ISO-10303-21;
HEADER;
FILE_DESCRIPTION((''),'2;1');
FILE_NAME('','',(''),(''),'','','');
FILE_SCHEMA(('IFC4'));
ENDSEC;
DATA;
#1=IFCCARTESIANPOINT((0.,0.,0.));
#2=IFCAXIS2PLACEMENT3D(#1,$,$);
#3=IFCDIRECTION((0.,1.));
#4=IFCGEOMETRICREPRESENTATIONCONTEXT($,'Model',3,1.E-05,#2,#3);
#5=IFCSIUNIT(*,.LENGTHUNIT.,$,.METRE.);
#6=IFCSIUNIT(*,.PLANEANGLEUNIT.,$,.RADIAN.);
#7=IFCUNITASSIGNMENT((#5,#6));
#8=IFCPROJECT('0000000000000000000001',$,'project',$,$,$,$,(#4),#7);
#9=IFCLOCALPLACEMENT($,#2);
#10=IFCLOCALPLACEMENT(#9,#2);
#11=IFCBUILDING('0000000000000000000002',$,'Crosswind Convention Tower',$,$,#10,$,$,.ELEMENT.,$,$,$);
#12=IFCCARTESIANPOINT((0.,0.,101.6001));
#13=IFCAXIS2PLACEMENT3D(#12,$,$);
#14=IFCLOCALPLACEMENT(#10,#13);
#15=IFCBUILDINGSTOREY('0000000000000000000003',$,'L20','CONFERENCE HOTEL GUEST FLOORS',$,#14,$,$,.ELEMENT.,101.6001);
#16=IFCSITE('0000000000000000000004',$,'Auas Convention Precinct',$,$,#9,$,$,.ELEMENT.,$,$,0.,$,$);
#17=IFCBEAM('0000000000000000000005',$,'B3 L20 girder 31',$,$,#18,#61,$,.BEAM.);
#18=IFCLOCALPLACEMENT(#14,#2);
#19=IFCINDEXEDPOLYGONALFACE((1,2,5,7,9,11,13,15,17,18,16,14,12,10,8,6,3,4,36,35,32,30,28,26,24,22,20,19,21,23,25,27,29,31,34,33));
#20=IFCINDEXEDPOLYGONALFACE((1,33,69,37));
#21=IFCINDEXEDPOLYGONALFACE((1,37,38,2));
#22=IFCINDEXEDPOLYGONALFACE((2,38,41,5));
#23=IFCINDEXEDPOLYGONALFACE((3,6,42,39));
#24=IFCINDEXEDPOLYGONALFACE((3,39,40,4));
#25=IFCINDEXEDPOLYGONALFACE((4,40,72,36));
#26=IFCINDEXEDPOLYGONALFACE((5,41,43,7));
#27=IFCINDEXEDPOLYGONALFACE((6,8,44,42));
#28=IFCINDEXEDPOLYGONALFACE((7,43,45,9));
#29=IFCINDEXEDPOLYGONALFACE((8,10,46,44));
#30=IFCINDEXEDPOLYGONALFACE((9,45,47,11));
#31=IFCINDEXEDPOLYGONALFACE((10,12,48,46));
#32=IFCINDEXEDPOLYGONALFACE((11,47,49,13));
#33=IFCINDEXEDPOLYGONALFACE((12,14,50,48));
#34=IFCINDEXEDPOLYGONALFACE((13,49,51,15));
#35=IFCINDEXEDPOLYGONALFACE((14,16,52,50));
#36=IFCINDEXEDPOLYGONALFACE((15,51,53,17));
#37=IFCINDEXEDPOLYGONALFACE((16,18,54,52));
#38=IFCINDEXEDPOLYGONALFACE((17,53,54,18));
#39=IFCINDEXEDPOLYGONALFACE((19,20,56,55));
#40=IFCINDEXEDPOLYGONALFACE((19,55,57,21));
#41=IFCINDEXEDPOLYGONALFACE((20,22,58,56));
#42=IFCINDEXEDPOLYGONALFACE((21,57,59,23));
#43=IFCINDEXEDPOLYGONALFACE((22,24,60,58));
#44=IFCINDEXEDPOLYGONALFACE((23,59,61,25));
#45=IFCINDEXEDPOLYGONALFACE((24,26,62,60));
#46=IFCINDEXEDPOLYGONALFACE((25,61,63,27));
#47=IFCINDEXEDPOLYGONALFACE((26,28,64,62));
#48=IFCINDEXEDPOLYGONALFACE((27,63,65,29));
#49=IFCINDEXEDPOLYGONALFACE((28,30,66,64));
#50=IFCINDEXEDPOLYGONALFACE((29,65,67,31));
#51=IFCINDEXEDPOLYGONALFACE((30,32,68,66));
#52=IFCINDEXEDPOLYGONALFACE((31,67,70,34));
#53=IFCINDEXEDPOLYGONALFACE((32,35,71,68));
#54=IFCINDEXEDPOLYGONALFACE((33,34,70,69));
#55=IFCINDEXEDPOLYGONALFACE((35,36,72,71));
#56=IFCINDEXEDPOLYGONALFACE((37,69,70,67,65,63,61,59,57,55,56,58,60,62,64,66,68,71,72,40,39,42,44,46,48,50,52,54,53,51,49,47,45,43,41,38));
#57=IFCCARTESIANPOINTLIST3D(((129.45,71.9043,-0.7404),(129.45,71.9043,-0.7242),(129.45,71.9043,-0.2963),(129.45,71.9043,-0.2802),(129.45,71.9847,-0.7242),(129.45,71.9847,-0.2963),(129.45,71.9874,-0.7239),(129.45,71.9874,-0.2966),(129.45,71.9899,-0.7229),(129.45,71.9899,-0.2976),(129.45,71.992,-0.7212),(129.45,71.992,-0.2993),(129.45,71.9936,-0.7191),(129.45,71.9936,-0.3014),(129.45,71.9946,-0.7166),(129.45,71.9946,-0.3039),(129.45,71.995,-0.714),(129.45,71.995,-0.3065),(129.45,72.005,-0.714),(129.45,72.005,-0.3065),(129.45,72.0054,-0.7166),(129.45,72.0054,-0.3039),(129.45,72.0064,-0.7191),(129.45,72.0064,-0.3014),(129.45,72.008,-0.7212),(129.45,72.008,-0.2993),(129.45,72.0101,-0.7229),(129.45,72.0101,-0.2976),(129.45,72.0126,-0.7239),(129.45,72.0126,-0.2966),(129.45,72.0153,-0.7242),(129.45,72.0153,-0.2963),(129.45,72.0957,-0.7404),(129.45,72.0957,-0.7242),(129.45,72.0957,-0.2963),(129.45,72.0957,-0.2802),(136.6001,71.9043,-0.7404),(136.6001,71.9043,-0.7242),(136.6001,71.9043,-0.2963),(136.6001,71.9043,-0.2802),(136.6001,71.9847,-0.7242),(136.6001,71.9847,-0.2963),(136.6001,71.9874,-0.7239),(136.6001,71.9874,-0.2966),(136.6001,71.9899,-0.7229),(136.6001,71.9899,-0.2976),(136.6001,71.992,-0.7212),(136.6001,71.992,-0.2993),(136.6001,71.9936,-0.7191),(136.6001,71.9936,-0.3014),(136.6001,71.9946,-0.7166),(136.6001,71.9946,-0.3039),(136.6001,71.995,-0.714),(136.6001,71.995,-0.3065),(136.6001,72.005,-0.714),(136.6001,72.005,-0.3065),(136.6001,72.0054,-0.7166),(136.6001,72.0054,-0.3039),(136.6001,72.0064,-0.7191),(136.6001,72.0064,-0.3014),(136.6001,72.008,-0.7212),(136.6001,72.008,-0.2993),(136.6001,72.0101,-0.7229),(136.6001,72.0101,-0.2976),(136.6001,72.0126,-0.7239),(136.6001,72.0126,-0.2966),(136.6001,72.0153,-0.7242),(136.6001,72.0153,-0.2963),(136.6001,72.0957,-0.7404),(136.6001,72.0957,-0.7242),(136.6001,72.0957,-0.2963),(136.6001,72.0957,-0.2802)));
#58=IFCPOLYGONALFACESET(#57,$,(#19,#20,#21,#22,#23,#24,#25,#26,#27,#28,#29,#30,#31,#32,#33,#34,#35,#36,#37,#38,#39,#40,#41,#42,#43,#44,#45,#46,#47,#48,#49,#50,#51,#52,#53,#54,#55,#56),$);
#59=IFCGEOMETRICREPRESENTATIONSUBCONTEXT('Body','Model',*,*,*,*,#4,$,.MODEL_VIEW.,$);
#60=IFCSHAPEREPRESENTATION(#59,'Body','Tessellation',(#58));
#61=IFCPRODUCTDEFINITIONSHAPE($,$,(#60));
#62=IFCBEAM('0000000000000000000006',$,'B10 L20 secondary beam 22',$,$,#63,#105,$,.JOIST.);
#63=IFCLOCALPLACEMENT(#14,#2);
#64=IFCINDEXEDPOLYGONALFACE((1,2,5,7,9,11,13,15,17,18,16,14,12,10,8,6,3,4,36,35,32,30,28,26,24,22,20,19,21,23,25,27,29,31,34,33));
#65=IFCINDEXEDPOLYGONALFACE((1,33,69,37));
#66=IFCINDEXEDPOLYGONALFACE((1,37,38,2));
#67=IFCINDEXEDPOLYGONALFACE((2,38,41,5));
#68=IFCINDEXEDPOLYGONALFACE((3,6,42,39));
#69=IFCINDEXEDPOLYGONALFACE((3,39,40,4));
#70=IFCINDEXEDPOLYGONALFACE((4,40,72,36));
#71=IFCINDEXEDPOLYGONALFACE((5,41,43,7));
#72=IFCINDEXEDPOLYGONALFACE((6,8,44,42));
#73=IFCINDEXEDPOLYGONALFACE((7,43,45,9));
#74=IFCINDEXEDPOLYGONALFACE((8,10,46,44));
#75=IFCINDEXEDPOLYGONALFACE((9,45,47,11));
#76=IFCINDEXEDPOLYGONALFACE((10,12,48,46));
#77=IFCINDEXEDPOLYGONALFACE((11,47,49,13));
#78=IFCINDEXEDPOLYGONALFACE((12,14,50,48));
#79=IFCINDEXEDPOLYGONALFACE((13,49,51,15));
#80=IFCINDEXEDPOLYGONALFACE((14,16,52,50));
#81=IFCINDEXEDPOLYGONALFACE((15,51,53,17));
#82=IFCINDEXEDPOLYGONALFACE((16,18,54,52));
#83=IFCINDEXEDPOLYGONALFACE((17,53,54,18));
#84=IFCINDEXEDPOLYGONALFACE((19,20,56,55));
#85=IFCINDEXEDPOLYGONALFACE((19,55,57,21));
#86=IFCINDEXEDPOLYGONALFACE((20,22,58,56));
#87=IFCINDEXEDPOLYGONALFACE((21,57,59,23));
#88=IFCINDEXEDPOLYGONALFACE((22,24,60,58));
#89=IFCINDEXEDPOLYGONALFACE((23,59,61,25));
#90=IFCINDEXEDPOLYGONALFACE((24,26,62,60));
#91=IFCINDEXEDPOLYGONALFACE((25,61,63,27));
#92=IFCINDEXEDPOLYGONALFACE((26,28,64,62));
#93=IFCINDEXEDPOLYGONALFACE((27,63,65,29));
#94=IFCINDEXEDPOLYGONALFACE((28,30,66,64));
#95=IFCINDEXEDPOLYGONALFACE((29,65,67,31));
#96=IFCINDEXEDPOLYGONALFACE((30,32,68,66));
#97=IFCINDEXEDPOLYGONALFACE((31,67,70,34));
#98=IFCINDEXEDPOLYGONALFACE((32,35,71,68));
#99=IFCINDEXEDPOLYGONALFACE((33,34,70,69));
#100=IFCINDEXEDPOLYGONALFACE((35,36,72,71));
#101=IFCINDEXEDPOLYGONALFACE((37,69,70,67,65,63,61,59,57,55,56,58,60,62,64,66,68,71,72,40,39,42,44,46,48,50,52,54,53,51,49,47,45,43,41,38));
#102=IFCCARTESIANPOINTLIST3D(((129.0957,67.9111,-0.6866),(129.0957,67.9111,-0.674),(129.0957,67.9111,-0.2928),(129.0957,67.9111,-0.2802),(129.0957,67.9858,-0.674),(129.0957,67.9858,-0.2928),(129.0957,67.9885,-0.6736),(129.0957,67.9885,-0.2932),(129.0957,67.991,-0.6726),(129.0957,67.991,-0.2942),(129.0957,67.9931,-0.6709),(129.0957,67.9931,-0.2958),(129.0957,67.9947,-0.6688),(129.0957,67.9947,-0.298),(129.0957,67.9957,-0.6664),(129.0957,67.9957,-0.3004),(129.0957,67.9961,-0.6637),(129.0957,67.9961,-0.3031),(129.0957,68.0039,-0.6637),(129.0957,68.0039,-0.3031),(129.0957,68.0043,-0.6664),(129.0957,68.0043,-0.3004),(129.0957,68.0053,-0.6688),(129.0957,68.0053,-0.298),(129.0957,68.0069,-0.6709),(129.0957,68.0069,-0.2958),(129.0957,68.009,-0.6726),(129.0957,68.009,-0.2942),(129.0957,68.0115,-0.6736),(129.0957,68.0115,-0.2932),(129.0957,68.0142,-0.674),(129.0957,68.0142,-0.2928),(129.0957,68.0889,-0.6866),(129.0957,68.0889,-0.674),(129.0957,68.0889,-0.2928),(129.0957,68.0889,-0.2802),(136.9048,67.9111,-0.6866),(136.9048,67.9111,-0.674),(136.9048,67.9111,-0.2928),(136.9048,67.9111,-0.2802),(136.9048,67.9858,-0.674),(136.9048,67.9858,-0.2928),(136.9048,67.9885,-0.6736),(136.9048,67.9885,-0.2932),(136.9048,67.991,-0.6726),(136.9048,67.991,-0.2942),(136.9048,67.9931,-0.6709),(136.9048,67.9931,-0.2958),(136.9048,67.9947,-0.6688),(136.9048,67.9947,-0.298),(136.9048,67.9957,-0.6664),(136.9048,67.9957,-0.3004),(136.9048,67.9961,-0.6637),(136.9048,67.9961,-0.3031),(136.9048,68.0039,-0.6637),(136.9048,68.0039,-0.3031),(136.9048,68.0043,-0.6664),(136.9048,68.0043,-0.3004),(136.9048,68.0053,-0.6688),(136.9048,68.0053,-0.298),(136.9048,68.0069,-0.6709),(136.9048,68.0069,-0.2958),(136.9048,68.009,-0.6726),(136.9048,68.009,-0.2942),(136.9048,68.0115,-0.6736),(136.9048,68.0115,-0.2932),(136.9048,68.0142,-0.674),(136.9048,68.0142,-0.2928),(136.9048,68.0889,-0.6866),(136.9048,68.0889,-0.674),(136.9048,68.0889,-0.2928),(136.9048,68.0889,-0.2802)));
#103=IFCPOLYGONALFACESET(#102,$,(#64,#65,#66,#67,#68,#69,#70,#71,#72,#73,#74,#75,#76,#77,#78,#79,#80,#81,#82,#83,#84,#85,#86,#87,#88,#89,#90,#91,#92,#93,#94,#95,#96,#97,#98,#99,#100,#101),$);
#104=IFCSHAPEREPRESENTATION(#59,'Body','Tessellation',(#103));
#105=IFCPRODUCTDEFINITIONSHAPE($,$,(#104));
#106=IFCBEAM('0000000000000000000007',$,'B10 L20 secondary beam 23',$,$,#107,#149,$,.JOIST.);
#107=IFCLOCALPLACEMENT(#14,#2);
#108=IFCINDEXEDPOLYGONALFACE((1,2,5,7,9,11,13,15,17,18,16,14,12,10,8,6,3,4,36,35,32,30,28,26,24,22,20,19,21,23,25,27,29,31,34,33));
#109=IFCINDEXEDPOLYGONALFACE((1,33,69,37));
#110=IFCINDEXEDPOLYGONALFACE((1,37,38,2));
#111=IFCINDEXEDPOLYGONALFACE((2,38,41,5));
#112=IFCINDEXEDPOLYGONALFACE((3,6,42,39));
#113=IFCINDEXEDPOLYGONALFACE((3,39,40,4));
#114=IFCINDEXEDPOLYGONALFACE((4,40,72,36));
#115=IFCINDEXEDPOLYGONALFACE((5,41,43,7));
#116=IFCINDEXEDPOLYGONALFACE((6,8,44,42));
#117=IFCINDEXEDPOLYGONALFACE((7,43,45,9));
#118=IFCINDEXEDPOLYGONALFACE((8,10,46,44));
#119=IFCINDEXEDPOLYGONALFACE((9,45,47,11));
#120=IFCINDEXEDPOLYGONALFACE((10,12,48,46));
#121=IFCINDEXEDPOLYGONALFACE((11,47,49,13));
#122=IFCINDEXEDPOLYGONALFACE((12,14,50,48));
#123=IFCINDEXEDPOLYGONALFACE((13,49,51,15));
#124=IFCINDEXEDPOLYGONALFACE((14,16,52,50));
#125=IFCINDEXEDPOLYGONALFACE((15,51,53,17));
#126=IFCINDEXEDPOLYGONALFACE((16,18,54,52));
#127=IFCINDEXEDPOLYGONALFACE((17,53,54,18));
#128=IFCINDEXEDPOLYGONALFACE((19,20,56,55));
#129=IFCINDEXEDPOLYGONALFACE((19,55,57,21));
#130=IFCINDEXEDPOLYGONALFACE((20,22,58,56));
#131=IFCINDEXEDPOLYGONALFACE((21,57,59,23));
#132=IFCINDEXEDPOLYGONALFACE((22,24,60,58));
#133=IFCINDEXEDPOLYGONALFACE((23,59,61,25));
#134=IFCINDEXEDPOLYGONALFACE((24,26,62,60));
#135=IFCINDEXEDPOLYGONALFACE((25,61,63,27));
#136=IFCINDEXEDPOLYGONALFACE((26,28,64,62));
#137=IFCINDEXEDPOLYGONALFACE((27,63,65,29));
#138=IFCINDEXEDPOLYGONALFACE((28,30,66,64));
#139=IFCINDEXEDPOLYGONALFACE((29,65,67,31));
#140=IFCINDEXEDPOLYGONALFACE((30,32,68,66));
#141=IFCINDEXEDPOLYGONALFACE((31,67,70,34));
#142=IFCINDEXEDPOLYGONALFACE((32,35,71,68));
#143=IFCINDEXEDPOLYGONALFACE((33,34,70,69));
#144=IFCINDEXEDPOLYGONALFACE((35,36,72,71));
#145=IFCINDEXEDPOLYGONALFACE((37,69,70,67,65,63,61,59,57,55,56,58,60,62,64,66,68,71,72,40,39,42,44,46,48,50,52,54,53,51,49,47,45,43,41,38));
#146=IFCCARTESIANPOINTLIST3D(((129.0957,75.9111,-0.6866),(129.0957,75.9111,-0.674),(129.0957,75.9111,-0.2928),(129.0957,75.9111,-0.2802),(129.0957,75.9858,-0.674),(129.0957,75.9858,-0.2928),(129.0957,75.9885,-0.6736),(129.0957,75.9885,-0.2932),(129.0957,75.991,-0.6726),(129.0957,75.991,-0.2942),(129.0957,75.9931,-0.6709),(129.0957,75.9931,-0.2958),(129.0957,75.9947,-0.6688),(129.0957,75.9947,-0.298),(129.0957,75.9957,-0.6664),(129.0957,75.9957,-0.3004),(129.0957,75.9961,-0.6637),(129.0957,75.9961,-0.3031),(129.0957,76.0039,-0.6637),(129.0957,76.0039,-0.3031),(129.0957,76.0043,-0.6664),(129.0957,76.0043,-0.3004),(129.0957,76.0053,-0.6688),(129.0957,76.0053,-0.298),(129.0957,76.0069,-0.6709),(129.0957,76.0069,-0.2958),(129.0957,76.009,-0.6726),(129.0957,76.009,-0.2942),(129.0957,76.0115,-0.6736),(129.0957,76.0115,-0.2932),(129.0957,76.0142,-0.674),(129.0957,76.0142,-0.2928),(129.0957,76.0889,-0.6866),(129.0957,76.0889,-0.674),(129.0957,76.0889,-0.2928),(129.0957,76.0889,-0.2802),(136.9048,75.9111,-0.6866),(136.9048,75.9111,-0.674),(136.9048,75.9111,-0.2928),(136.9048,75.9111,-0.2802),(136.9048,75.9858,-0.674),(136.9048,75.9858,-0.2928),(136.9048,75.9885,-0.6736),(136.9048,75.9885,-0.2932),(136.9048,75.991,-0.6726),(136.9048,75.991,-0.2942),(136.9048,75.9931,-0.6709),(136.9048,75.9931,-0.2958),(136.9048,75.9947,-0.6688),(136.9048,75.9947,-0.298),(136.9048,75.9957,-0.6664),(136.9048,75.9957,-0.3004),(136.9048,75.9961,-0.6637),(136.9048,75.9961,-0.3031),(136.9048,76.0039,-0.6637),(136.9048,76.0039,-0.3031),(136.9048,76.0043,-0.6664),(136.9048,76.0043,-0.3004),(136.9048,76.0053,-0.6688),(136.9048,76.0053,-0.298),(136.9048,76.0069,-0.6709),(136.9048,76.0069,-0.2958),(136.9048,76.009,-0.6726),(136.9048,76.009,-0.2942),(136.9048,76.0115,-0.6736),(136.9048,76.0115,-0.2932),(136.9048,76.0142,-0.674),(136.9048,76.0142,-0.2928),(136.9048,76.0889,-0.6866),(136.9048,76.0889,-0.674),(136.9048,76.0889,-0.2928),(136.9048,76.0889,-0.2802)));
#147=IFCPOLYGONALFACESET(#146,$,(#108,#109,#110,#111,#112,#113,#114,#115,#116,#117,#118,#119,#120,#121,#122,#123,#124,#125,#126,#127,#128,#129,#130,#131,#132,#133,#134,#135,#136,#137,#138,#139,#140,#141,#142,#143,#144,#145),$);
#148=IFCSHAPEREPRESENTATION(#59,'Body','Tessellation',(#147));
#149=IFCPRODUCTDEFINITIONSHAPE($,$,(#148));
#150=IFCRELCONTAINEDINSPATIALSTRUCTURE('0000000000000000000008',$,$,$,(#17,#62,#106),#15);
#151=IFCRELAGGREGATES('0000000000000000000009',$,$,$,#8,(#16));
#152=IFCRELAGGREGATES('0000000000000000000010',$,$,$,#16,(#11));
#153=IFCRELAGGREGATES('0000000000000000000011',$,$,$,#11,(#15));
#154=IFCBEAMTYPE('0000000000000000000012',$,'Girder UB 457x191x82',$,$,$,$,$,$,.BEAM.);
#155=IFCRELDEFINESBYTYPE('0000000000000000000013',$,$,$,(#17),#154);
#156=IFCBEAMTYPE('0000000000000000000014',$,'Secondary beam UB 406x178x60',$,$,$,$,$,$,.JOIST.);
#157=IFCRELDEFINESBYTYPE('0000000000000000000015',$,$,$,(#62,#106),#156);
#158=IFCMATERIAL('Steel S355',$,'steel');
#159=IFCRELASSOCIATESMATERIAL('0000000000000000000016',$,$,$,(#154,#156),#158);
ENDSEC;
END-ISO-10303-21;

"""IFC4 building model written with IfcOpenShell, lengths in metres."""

from ifc_helpers import new_model, si_unit, direction, frame, origin, origin_2d, place, context, subcontext, project, spatial, i_section, extrude, material, material_profile, profile_set, type_object, element, save


model = new_model("IFC4")

# Units and contexts
model_context = context("Model", 3, precision=1e-05, world=origin(), true_north=direction((0.0, 1.0)))
body_context = subcontext(model_context, "Body", "Model", "MODEL_VIEW")
ifc_project = project(units=[si_unit("LENGTHUNIT", "METRE"), si_unit("PLANEANGLEUNIT", "RADIAN")], contexts=[model_context])

# Site, building, storey
site_placement = place(None, origin())
site = spatial("IfcSite", under=ifc_project, at=site_placement, Name="Auas Convention Precinct", CompositionType="ELEMENT", RefElevation=0.0)
building_placement = place(site_placement, origin())
building = spatial("IfcBuilding", under=site, at=building_placement, Name="Crosswind Convention Tower", CompositionType="ELEMENT")
storey_placement = place(building_placement, frame((0.0, 0.0, 101.6001)))
storey = spatial("IfcBuildingStorey", under=building, at=storey_placement, Name="L20", Description="CONFERENCE HOTEL GUEST FLOORS", CompositionType="ELEMENT", Elevation=101.6001)

# Beams
ifc_material_1 = material(Name="Steel S355", Category="steel")
ifc_material_profile_1 = material_profile(ifc_material_1, i_section(OverallWidth=0.1914, OverallDepth=0.4602, WebThickness=0.01, FlangeThickness=0.0161, FilletRadius=0.0103, at=origin_2d()), Name="UB 457x191x82")
ifc_profile_set_1 = profile_set([ifc_material_profile_1], Name="Steel S355")
beam_type_1 = type_object("IfcBeamType", Name="Girder UB 457x191x82", PredefinedType="BEAM", material=ifc_profile_set_1)
beam_1_placement = place(storey_placement, frame((129.45, 72.0, -0.5103), z_axis=(1.0, 0.0, 0.0), x_axis=(0.0, 1.0, 0.0)))
element("IfcBeam", 1, at=beam_1_placement, inside=storey, type_object=beam_type_1, Name="B3 L20 girder 31", PredefinedType="BEAM", context=body_context, shape_type="SweptSolid", body=[
    extrude(i_section(OverallWidth=0.1914, OverallDepth=0.4602, WebThickness=0.01, FlangeThickness=0.0161, FilletRadius=0.0103, at=origin_2d()), origin(), (0.0, 0.0, 1.0), 7.1501),
])
ifc_material_profile_2 = material_profile(ifc_material_1, i_section(OverallWidth=0.1777, OverallDepth=0.4065, WebThickness=0.0078, FlangeThickness=0.0127, FilletRadius=0.0103, at=origin_2d()), Name="UB 406x178x60")
ifc_profile_set_2 = profile_set([ifc_material_profile_2], Name="Steel S355")
beam_type_2 = type_object("IfcBeamType", Name="Secondary beam UB 406x178x60", PredefinedType="JOIST", material=ifc_profile_set_2)
for number, where, z_axis, x_axis, name in (
    (2, (129.0957, 68.0, -0.4834), (1.0, 0.0, 0.0), (0.0, 1.0, 0.0), "B10 L20 secondary beam 22"),
    (3, (129.0957, 76.0, -0.4834), (1.0, 0.0, 0.0), (0.0, 1.0, 0.0), "B10 L20 secondary beam 23"),
):
    element("IfcBeam", number, at=place(storey_placement, frame(where, z_axis=z_axis, x_axis=x_axis)), inside=storey, type_object=beam_type_2, Name=name, PredefinedType="JOIST", context=body_context, shape_type="SweptSolid", body=[
        extrude(i_section(OverallWidth=0.1777, OverallDepth=0.4065, WebThickness=0.0078, FlangeThickness=0.0127, FilletRadius=0.0103, at=origin_2d()), origin(), (0.0, 0.0, 1.0), 7.8091),
    ])

save(model, "model.ifc")
